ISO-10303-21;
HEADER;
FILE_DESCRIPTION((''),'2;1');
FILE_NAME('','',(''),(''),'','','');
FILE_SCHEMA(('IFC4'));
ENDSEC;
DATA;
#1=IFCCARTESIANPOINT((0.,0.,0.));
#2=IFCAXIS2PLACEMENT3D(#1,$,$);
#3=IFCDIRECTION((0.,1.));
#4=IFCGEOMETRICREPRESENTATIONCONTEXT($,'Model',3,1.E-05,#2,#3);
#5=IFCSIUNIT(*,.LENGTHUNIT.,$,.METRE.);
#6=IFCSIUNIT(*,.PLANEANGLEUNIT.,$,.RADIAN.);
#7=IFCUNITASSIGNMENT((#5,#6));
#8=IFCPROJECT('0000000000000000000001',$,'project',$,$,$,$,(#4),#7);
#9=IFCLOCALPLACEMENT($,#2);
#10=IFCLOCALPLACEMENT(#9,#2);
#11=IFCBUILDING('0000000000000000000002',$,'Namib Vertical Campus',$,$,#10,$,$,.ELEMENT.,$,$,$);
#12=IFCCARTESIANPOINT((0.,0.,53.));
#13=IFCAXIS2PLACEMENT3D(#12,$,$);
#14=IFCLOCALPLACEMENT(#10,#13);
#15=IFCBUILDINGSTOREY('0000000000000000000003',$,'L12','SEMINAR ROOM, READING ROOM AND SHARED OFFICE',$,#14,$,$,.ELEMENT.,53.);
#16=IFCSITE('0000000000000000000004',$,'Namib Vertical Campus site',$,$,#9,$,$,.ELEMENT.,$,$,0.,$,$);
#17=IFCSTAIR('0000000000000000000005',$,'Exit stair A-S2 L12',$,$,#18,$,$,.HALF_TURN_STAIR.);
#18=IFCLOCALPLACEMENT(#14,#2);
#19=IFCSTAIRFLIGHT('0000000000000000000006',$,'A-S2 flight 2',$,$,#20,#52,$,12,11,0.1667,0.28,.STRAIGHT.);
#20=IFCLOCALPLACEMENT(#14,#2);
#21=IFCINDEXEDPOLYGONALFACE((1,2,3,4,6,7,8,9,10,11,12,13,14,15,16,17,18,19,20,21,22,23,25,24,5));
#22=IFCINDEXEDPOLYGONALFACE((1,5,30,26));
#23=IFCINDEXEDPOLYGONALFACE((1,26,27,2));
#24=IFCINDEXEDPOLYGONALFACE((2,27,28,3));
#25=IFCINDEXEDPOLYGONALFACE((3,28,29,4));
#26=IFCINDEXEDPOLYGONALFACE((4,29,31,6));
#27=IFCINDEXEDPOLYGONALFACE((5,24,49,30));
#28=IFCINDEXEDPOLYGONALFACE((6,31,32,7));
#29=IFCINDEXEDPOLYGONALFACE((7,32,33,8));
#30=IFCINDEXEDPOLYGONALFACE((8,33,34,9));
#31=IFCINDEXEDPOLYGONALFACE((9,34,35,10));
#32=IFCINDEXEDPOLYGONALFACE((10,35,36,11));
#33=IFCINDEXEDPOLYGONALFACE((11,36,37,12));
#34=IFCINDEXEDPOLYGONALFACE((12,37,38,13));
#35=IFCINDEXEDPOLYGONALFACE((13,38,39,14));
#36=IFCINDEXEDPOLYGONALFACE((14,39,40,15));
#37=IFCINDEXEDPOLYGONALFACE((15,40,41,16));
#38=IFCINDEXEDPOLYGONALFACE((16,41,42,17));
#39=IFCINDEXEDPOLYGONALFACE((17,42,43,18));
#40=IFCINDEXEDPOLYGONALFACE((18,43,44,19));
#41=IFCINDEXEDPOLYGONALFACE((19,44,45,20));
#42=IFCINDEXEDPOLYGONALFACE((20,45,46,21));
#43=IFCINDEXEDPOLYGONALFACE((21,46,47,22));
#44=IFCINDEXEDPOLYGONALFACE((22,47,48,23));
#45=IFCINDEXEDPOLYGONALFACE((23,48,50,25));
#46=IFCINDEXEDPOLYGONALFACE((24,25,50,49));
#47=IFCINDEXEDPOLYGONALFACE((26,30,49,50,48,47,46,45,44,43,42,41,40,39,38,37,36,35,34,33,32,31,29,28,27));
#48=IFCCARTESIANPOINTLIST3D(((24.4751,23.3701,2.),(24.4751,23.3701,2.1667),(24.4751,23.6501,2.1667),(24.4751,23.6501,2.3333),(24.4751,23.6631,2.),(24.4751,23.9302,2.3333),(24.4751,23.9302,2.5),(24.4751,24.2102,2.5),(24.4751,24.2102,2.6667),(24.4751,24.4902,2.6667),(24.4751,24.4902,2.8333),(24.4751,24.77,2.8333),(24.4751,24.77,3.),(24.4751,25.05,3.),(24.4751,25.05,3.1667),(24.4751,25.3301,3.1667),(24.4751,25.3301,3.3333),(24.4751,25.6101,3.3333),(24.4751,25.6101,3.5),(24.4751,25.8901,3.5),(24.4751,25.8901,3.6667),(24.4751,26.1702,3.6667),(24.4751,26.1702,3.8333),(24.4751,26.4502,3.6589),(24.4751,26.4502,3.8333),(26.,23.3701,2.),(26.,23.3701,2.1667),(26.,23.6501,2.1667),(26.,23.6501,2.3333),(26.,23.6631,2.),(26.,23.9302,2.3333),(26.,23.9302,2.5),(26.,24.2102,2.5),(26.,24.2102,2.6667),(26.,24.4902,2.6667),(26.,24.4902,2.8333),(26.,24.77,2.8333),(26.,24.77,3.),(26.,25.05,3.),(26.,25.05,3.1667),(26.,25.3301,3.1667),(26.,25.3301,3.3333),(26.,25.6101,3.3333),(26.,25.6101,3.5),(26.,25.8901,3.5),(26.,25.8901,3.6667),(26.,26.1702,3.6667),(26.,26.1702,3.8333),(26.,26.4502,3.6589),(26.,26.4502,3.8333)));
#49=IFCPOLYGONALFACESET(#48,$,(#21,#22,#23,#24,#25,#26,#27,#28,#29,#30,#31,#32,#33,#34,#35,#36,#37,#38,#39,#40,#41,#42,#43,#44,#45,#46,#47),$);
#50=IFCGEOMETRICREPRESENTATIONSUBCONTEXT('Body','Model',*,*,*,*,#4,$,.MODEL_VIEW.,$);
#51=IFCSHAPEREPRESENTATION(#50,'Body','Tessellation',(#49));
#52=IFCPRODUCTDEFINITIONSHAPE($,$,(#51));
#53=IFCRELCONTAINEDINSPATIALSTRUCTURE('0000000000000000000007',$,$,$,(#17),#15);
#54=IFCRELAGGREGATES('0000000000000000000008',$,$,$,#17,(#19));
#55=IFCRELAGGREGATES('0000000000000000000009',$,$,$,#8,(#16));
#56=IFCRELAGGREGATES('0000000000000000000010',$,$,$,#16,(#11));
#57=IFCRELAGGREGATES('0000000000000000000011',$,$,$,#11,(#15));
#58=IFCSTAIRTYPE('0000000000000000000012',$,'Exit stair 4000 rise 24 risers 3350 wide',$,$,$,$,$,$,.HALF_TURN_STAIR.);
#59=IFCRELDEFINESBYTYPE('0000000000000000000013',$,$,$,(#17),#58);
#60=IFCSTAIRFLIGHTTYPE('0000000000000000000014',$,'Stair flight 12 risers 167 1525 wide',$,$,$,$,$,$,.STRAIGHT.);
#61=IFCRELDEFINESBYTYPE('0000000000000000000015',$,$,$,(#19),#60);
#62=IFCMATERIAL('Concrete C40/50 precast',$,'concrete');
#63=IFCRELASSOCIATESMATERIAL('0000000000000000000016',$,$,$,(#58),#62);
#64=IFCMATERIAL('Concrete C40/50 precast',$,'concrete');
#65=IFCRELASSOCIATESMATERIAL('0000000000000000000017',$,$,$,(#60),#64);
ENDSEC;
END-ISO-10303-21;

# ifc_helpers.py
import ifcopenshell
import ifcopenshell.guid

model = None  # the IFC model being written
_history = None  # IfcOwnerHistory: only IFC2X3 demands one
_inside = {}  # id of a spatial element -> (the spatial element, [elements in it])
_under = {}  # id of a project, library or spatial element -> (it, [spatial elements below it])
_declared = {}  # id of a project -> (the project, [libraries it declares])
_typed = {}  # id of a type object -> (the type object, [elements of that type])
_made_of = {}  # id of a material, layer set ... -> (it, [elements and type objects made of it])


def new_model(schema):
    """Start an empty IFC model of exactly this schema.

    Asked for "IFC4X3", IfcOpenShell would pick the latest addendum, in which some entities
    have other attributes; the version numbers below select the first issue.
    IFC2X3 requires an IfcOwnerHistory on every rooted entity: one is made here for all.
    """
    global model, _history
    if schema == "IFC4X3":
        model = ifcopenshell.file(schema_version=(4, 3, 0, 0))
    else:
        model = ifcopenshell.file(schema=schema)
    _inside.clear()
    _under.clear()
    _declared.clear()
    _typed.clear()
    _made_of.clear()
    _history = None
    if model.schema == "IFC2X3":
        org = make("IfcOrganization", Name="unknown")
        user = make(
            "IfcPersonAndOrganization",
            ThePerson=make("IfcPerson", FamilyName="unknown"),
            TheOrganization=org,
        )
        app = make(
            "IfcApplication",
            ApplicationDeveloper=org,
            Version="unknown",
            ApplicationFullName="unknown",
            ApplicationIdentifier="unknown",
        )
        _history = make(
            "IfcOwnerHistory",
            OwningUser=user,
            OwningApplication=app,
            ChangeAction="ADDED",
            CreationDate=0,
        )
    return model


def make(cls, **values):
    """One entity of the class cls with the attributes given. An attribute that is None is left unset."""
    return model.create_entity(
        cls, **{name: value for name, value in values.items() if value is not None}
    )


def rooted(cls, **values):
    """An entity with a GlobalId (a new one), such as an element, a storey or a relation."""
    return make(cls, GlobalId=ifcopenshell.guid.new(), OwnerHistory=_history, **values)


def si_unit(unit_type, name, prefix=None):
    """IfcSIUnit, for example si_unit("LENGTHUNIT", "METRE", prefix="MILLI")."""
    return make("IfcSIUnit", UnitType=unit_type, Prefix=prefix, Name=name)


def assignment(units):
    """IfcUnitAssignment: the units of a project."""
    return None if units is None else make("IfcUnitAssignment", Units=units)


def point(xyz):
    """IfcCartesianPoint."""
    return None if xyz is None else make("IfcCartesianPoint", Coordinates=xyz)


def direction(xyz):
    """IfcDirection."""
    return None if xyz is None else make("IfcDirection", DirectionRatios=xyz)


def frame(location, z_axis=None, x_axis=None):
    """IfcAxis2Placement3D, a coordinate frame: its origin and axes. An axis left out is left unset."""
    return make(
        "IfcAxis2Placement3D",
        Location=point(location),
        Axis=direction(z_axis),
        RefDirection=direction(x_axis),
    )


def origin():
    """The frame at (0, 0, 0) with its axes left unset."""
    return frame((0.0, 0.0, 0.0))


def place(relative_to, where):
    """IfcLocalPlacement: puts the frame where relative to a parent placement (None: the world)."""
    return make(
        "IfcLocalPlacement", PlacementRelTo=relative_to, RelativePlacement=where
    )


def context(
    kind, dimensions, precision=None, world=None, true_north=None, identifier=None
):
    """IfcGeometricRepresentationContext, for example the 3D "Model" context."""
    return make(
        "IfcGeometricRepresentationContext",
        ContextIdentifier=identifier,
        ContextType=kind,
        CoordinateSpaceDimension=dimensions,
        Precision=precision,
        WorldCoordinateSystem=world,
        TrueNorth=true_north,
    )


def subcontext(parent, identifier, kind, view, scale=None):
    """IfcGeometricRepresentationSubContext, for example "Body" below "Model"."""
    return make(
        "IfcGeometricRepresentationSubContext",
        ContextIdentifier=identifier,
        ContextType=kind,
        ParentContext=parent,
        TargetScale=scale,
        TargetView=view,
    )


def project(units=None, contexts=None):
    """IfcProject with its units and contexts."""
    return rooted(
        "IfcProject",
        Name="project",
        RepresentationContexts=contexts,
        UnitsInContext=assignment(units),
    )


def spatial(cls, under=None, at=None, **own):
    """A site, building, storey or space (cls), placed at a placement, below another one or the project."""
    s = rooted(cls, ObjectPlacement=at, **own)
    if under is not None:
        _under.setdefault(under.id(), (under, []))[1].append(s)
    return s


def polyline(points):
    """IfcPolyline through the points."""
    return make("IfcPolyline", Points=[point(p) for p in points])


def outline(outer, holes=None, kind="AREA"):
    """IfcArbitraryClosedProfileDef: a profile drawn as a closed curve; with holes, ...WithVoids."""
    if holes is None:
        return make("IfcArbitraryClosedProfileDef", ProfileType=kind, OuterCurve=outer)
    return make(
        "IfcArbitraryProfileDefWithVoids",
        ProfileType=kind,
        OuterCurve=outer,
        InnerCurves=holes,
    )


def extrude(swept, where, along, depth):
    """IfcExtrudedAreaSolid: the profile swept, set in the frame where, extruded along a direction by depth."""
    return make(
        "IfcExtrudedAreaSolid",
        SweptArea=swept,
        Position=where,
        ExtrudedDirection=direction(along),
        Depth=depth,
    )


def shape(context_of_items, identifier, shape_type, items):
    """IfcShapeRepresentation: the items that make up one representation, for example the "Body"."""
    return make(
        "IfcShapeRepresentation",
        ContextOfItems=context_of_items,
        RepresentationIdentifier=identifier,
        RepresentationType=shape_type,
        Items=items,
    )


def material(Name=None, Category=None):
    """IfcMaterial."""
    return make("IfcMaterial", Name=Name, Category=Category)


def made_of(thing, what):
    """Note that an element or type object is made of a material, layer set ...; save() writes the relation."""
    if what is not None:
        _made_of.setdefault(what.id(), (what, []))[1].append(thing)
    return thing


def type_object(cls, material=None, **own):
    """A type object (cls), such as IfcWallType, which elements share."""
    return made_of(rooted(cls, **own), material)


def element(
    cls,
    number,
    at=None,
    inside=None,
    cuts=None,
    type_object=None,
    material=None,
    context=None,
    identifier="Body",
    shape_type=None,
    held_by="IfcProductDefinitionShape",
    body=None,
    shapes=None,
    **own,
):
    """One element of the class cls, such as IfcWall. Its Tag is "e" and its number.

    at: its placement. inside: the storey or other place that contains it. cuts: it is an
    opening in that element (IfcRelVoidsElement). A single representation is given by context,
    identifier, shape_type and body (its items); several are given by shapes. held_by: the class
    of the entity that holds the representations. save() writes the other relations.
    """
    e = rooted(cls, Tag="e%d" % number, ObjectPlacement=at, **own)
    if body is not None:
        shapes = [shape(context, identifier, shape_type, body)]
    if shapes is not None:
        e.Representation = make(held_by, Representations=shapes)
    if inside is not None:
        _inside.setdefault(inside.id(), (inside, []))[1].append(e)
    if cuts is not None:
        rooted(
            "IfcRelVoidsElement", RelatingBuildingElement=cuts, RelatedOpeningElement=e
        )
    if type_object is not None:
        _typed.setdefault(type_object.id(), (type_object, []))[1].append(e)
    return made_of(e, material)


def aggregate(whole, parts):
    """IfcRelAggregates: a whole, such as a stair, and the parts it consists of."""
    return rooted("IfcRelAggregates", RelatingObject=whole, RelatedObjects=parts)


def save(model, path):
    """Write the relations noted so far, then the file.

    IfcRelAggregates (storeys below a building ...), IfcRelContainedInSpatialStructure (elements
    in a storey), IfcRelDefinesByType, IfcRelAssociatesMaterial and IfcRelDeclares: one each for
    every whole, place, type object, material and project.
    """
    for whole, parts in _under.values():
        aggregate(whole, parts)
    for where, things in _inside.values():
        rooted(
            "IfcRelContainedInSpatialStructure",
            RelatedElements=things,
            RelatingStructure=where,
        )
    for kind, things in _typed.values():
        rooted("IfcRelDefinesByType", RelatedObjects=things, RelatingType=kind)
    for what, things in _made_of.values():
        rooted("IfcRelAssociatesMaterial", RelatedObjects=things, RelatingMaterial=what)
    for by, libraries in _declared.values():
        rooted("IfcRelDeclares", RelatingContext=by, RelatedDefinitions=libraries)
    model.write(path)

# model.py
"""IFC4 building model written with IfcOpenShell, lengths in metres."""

from ifc_helpers import new_model, si_unit, direction, frame, origin, place, context, subcontext, project, spatial, polyline, outline, extrude, material, type_object, element, aggregate, save


model = new_model("IFC4")

# Units and contexts
model_context = context("Model", 3, precision=1e-05, world=origin(), true_north=direction((0.0, 1.0)))
body_context = subcontext(model_context, "Body", "Model", "MODEL_VIEW")
ifc_project = project(units=[si_unit("LENGTHUNIT", "METRE"), si_unit("PLANEANGLEUNIT", "RADIAN")], contexts=[model_context])

# Site, building, storey
site_placement = place(None, origin())
site = spatial("IfcSite", under=ifc_project, at=site_placement, Name="Namib Vertical Campus site", CompositionType="ELEMENT", RefElevation=0.0)
building_placement = place(site_placement, origin())
building = spatial("IfcBuilding", under=site, at=building_placement, Name="Namib Vertical Campus", CompositionType="ELEMENT")
storey_placement = place(building_placement, frame((0.0, 0.0, 53.0)))
storey = spatial("IfcBuildingStorey", under=building, at=storey_placement, Name="L12", Description="SEMINAR ROOM, READING ROOM AND SHARED OFFICE", CompositionType="ELEMENT", Elevation=53.0)

# Stair, stair flight
ifc_material_1 = material(Name="Concrete C40/50 precast", Category="concrete")
stair_type = type_object("IfcStairType", Name="Exit stair 4000 rise 24 risers 3350 wide", PredefinedType="HALF_TURN_STAIR", material=ifc_material_1)
stair_placement = place(storey_placement, origin())
stair = element("IfcStair", 1, at=stair_placement, inside=storey, type_object=stair_type, Name="Exit stair A-S2 L12", PredefinedType="HALF_TURN_STAIR")
ifc_material_2 = material(Name="Concrete C40/50 precast", Category="concrete")
stair_flight_type = type_object("IfcStairFlightType", Name="Stair flight 12 risers 167 1525 wide", PredefinedType="STRAIGHT", material=ifc_material_2)
stair_flight_1_placement = place(storey_placement, frame((25.2375, 23.3701, 2.0), z_axis=(0.0, 0.0, 1.0), x_axis=(0.0, 1.0, 0.0)))
stair_flight_1 = element("IfcStairFlight", 2, at=stair_flight_1_placement, type_object=stair_flight_type, Name="A-S2 flight 2", NumberOfRisers=12, NumberOfTreads=11, PredefinedType="STRAIGHT", RiserHeight=0.1667, TreadLength=0.28, context=body_context, shape_type="SweptSolid", body=[
    extrude(outline(polyline([(0.0, 0.0), (0.0, 0.1667), (0.28, 0.1667), (0.28, 0.3333), (0.5601, 0.3333), (0.5601, 0.5), (0.8401, 0.5), (0.8401, 0.6667), (1.1201, 0.6667), (1.1201, 0.8333), (1.3999, 0.8333), (1.3999, 1.0), (1.6799, 1.0), (1.6799, 1.1667), (1.96, 1.1667), (1.96, 1.3333), (2.24, 1.3333), (2.24, 1.5), (2.52, 1.5), (2.52, 1.6667), (2.8, 1.6667), (2.8, 1.8333), (3.0801, 1.8333), (3.0801, 2.0), (3.0801, 1.6589), (0.293, 0.0), (0.0, 0.0)])), frame((0.0, 0.7625, 0.0), z_axis=(0.0, -1.0, 0.0), x_axis=(1.0, 0.0, 0.0)), (0.0, 0.0, 1.0), 1.5249),
])
aggregate(stair, [stair_flight_1])

save(model, "model.ifc")
